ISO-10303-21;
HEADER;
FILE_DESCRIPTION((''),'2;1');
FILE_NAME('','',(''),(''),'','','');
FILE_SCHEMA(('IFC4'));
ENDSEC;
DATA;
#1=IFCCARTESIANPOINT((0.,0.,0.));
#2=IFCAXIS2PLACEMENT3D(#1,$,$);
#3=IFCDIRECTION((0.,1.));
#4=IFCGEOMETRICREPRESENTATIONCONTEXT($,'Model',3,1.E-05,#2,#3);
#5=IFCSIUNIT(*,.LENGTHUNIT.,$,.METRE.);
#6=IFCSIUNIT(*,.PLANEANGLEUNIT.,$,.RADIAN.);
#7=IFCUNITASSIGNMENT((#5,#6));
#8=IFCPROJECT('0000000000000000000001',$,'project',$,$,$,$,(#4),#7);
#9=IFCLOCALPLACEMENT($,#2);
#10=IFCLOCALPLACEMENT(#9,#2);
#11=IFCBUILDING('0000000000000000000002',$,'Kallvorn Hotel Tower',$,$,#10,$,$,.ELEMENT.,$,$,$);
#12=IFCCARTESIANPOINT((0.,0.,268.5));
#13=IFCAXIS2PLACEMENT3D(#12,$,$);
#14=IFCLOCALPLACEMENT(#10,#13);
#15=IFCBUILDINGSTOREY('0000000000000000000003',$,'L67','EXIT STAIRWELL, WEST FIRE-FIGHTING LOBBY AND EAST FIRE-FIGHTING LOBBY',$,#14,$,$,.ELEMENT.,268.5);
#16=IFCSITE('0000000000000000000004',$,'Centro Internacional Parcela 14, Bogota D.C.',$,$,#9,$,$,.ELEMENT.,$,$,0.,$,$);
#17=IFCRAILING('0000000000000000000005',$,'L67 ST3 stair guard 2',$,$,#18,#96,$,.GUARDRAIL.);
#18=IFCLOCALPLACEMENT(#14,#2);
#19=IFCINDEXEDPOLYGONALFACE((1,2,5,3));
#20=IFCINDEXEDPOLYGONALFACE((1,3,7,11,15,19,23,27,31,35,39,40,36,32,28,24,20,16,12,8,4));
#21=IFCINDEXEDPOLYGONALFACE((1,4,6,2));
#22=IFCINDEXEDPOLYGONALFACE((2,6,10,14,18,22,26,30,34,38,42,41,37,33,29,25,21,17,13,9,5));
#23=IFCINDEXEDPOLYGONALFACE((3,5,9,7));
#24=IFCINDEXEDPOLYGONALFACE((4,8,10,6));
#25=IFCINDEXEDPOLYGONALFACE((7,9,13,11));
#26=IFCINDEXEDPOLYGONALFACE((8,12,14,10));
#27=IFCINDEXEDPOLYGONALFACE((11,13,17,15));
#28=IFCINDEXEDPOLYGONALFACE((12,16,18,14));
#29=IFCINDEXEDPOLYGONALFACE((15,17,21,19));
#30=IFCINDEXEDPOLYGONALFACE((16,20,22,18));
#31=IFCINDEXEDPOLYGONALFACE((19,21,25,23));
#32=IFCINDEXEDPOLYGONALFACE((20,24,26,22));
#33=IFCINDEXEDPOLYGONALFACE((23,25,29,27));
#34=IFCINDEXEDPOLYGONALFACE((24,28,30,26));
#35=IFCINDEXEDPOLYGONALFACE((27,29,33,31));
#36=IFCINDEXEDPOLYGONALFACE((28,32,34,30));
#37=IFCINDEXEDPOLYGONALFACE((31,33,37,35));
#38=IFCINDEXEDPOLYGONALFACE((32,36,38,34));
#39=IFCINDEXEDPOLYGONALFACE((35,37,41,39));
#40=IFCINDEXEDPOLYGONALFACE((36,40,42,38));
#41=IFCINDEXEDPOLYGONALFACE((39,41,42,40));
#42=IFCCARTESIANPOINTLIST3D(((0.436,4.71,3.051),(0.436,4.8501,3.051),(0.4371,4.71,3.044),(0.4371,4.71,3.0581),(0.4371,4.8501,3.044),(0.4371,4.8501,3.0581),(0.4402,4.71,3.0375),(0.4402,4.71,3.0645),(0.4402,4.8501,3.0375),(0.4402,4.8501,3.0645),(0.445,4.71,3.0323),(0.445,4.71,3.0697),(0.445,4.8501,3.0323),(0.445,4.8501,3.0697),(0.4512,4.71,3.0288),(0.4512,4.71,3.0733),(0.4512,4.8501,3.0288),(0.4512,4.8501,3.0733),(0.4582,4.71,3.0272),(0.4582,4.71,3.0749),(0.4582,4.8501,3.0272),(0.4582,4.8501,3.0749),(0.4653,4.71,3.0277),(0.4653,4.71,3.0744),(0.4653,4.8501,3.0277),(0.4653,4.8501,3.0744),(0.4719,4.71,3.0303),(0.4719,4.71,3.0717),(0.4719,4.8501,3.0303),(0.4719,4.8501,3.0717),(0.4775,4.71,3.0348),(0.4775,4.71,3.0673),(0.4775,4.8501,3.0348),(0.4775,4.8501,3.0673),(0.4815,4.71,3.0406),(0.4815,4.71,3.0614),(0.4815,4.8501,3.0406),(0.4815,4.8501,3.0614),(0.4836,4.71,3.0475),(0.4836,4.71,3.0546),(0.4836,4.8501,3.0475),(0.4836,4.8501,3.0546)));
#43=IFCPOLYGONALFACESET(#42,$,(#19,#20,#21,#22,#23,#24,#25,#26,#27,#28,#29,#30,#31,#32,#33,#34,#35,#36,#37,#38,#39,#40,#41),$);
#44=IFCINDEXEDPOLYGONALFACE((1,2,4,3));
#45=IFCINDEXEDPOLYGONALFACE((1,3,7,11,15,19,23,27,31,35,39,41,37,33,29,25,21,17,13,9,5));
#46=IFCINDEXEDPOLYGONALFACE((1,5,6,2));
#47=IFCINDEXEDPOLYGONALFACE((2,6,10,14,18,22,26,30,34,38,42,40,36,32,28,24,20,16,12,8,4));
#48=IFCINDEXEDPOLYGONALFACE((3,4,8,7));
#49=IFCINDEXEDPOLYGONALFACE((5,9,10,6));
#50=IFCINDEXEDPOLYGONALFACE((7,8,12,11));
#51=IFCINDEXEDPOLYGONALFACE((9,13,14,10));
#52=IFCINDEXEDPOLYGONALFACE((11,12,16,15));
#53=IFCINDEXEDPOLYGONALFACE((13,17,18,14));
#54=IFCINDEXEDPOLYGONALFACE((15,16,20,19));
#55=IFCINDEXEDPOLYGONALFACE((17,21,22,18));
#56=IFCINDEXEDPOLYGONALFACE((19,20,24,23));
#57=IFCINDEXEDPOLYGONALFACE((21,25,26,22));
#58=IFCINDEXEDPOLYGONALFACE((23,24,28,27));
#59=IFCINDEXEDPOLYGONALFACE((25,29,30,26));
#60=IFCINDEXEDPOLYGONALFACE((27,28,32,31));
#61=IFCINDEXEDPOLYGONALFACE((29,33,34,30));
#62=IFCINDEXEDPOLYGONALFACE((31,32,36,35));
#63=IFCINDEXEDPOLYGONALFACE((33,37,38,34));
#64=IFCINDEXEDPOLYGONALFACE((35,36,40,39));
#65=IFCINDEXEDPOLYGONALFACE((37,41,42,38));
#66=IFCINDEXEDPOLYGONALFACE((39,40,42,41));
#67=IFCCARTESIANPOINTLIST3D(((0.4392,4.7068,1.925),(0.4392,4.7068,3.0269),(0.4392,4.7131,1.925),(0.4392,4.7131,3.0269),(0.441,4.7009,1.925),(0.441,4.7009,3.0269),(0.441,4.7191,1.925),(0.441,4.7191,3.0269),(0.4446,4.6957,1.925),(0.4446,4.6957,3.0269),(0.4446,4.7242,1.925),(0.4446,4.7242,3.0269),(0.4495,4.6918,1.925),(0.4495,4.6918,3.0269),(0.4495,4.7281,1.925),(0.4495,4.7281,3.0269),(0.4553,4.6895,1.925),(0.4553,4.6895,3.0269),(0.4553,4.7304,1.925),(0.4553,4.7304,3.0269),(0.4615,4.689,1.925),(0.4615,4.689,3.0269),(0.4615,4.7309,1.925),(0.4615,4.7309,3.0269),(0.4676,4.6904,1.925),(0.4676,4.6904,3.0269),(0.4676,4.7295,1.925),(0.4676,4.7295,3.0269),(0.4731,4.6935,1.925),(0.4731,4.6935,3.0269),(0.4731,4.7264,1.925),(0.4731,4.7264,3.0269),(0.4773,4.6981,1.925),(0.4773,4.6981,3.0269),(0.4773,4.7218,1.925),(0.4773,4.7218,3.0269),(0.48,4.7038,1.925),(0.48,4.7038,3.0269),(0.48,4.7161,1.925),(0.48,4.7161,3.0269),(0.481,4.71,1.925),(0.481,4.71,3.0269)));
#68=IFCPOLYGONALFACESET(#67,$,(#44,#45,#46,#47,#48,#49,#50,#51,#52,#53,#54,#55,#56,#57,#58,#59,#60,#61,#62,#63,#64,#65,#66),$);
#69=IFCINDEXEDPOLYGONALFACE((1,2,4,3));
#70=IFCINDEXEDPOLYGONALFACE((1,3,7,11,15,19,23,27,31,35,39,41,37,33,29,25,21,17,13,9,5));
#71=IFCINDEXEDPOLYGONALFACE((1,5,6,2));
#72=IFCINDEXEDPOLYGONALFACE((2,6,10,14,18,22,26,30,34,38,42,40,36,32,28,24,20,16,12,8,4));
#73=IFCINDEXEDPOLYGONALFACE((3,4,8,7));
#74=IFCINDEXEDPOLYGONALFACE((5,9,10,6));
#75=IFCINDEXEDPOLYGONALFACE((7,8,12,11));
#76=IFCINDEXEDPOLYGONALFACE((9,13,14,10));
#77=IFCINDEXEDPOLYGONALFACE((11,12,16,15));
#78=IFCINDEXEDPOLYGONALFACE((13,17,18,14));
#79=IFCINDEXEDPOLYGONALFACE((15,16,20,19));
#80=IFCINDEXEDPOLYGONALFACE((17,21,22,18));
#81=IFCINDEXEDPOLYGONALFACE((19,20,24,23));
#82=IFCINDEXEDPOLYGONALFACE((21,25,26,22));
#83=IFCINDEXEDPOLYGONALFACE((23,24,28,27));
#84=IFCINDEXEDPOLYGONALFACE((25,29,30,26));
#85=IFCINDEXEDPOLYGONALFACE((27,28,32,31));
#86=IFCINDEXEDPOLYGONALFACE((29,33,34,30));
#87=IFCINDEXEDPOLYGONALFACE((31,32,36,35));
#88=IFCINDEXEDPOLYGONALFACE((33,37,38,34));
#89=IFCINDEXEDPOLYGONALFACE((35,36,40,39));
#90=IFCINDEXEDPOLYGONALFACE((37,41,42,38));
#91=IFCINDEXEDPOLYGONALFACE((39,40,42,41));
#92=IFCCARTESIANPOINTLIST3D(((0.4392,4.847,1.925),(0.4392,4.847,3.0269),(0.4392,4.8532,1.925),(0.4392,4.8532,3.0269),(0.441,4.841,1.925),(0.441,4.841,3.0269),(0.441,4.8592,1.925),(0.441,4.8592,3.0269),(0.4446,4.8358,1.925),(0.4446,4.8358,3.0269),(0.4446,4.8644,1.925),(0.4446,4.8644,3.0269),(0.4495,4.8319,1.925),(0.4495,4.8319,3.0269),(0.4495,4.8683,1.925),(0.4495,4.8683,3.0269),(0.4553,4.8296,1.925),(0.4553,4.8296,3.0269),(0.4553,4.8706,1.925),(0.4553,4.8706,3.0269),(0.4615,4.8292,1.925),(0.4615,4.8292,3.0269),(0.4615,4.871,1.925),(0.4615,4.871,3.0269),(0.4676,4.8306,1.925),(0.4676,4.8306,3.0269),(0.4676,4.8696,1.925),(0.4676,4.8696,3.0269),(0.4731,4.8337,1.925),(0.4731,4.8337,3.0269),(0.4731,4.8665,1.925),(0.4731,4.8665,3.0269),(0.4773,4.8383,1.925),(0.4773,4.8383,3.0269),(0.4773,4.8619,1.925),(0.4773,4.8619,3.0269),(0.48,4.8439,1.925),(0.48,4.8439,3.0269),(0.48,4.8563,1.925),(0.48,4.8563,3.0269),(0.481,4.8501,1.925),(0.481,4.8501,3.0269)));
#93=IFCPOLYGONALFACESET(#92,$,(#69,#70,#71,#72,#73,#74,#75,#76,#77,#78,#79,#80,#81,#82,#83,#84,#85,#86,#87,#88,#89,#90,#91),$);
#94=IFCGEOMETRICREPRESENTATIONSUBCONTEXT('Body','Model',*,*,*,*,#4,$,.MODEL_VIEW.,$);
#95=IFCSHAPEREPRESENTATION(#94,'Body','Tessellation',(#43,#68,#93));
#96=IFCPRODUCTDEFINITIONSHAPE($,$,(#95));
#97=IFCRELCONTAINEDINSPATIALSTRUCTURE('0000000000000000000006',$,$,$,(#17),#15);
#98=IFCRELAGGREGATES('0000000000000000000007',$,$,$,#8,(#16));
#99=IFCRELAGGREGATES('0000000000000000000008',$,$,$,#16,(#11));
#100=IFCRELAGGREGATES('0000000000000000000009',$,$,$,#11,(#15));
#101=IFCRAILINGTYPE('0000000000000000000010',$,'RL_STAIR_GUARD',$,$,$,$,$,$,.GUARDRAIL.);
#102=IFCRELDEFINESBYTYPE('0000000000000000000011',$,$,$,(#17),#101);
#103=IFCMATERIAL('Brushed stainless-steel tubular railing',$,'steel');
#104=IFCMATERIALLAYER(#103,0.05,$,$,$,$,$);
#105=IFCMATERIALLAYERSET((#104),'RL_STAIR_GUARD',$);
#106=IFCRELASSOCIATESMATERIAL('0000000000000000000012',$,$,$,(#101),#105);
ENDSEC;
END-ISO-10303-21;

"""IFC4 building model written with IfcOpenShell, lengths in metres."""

from ifc_helpers import new_model, si_unit, direction, frame, origin, origin_2d, place, context, subcontext, project, spatial, circle, extrude, material, layer, layer_set, type_object, element, save


model = new_model("IFC4")

# Units and contexts
model_context = context("Model", 3, precision=1e-05, world=origin(), true_north=direction((0.0, 1.0)))
body_context = subcontext(model_context, "Body", "Model", "MODEL_VIEW")
ifc_project = project(units=[si_unit("LENGTHUNIT", "METRE"), si_unit("PLANEANGLEUNIT", "RADIAN")], contexts=[model_context])

# Site, building, storey
site_placement = place(None, origin())
site = spatial("IfcSite", under=ifc_project, at=site_placement, Name="Centro Internacional Parcela 14, Bogota D.C.", CompositionType="ELEMENT", RefElevation=0.0)
building_placement = place(site_placement, origin())
building = spatial("IfcBuilding", under=site, at=building_placement, Name="Kallvorn Hotel Tower", CompositionType="ELEMENT")
storey_placement = place(building_placement, frame((0.0, 0.0, 268.5)))
storey = spatial("IfcBuildingStorey", under=building, at=storey_placement, Name="L67", Description="EXIT STAIRWELL, WEST FIRE-FIGHTING LOBBY AND EAST FIRE-FIGHTING LOBBY", CompositionType="ELEMENT", Elevation=268.5)

# Railing
ifc_material_1 = material(Name="Brushed stainless-steel tubular railing", Category="steel")
ifc_layer_1 = layer(ifc_material_1, 0.05)
ifc_layer_set_1 = layer_set([ifc_layer_1], Name="RL_STAIR_GUARD")
railing_type_1 = type_object("IfcRailingType", Name="RL_STAIR_GUARD", PredefinedType="GUARDRAIL", material=ifc_layer_set_1)
railing_1_placement = place(storey_placement, frame((0.46, 4.71, 1.925)))
element("IfcRailing", 1, at=railing_1_placement, inside=storey, type_object=railing_type_1, Name="L67 ST3 stair guard 2", PredefinedType="GUARDRAIL", context=body_context, shape_type="SweptSolid", body=[
    extrude(circle(Radius=0.0239, at=origin_2d()), frame((0.0, 0.0, 1.126), z_axis=(0.0, 1.0, 0.0), x_axis=(-1.0, 0.0, 0.0)), (0.0, 0.0, 1.0), 0.1401),
    extrude(circle(Radius=0.021, at=origin_2d()), origin(), (0.0, 0.0, 1.0), 1.1018),
    extrude(circle(Radius=0.021, at=origin_2d()), frame((0.0, 0.1401, 0.0)), (0.0, 0.0, 1.0), 1.1018),
])

save(model, "model.ifc")
